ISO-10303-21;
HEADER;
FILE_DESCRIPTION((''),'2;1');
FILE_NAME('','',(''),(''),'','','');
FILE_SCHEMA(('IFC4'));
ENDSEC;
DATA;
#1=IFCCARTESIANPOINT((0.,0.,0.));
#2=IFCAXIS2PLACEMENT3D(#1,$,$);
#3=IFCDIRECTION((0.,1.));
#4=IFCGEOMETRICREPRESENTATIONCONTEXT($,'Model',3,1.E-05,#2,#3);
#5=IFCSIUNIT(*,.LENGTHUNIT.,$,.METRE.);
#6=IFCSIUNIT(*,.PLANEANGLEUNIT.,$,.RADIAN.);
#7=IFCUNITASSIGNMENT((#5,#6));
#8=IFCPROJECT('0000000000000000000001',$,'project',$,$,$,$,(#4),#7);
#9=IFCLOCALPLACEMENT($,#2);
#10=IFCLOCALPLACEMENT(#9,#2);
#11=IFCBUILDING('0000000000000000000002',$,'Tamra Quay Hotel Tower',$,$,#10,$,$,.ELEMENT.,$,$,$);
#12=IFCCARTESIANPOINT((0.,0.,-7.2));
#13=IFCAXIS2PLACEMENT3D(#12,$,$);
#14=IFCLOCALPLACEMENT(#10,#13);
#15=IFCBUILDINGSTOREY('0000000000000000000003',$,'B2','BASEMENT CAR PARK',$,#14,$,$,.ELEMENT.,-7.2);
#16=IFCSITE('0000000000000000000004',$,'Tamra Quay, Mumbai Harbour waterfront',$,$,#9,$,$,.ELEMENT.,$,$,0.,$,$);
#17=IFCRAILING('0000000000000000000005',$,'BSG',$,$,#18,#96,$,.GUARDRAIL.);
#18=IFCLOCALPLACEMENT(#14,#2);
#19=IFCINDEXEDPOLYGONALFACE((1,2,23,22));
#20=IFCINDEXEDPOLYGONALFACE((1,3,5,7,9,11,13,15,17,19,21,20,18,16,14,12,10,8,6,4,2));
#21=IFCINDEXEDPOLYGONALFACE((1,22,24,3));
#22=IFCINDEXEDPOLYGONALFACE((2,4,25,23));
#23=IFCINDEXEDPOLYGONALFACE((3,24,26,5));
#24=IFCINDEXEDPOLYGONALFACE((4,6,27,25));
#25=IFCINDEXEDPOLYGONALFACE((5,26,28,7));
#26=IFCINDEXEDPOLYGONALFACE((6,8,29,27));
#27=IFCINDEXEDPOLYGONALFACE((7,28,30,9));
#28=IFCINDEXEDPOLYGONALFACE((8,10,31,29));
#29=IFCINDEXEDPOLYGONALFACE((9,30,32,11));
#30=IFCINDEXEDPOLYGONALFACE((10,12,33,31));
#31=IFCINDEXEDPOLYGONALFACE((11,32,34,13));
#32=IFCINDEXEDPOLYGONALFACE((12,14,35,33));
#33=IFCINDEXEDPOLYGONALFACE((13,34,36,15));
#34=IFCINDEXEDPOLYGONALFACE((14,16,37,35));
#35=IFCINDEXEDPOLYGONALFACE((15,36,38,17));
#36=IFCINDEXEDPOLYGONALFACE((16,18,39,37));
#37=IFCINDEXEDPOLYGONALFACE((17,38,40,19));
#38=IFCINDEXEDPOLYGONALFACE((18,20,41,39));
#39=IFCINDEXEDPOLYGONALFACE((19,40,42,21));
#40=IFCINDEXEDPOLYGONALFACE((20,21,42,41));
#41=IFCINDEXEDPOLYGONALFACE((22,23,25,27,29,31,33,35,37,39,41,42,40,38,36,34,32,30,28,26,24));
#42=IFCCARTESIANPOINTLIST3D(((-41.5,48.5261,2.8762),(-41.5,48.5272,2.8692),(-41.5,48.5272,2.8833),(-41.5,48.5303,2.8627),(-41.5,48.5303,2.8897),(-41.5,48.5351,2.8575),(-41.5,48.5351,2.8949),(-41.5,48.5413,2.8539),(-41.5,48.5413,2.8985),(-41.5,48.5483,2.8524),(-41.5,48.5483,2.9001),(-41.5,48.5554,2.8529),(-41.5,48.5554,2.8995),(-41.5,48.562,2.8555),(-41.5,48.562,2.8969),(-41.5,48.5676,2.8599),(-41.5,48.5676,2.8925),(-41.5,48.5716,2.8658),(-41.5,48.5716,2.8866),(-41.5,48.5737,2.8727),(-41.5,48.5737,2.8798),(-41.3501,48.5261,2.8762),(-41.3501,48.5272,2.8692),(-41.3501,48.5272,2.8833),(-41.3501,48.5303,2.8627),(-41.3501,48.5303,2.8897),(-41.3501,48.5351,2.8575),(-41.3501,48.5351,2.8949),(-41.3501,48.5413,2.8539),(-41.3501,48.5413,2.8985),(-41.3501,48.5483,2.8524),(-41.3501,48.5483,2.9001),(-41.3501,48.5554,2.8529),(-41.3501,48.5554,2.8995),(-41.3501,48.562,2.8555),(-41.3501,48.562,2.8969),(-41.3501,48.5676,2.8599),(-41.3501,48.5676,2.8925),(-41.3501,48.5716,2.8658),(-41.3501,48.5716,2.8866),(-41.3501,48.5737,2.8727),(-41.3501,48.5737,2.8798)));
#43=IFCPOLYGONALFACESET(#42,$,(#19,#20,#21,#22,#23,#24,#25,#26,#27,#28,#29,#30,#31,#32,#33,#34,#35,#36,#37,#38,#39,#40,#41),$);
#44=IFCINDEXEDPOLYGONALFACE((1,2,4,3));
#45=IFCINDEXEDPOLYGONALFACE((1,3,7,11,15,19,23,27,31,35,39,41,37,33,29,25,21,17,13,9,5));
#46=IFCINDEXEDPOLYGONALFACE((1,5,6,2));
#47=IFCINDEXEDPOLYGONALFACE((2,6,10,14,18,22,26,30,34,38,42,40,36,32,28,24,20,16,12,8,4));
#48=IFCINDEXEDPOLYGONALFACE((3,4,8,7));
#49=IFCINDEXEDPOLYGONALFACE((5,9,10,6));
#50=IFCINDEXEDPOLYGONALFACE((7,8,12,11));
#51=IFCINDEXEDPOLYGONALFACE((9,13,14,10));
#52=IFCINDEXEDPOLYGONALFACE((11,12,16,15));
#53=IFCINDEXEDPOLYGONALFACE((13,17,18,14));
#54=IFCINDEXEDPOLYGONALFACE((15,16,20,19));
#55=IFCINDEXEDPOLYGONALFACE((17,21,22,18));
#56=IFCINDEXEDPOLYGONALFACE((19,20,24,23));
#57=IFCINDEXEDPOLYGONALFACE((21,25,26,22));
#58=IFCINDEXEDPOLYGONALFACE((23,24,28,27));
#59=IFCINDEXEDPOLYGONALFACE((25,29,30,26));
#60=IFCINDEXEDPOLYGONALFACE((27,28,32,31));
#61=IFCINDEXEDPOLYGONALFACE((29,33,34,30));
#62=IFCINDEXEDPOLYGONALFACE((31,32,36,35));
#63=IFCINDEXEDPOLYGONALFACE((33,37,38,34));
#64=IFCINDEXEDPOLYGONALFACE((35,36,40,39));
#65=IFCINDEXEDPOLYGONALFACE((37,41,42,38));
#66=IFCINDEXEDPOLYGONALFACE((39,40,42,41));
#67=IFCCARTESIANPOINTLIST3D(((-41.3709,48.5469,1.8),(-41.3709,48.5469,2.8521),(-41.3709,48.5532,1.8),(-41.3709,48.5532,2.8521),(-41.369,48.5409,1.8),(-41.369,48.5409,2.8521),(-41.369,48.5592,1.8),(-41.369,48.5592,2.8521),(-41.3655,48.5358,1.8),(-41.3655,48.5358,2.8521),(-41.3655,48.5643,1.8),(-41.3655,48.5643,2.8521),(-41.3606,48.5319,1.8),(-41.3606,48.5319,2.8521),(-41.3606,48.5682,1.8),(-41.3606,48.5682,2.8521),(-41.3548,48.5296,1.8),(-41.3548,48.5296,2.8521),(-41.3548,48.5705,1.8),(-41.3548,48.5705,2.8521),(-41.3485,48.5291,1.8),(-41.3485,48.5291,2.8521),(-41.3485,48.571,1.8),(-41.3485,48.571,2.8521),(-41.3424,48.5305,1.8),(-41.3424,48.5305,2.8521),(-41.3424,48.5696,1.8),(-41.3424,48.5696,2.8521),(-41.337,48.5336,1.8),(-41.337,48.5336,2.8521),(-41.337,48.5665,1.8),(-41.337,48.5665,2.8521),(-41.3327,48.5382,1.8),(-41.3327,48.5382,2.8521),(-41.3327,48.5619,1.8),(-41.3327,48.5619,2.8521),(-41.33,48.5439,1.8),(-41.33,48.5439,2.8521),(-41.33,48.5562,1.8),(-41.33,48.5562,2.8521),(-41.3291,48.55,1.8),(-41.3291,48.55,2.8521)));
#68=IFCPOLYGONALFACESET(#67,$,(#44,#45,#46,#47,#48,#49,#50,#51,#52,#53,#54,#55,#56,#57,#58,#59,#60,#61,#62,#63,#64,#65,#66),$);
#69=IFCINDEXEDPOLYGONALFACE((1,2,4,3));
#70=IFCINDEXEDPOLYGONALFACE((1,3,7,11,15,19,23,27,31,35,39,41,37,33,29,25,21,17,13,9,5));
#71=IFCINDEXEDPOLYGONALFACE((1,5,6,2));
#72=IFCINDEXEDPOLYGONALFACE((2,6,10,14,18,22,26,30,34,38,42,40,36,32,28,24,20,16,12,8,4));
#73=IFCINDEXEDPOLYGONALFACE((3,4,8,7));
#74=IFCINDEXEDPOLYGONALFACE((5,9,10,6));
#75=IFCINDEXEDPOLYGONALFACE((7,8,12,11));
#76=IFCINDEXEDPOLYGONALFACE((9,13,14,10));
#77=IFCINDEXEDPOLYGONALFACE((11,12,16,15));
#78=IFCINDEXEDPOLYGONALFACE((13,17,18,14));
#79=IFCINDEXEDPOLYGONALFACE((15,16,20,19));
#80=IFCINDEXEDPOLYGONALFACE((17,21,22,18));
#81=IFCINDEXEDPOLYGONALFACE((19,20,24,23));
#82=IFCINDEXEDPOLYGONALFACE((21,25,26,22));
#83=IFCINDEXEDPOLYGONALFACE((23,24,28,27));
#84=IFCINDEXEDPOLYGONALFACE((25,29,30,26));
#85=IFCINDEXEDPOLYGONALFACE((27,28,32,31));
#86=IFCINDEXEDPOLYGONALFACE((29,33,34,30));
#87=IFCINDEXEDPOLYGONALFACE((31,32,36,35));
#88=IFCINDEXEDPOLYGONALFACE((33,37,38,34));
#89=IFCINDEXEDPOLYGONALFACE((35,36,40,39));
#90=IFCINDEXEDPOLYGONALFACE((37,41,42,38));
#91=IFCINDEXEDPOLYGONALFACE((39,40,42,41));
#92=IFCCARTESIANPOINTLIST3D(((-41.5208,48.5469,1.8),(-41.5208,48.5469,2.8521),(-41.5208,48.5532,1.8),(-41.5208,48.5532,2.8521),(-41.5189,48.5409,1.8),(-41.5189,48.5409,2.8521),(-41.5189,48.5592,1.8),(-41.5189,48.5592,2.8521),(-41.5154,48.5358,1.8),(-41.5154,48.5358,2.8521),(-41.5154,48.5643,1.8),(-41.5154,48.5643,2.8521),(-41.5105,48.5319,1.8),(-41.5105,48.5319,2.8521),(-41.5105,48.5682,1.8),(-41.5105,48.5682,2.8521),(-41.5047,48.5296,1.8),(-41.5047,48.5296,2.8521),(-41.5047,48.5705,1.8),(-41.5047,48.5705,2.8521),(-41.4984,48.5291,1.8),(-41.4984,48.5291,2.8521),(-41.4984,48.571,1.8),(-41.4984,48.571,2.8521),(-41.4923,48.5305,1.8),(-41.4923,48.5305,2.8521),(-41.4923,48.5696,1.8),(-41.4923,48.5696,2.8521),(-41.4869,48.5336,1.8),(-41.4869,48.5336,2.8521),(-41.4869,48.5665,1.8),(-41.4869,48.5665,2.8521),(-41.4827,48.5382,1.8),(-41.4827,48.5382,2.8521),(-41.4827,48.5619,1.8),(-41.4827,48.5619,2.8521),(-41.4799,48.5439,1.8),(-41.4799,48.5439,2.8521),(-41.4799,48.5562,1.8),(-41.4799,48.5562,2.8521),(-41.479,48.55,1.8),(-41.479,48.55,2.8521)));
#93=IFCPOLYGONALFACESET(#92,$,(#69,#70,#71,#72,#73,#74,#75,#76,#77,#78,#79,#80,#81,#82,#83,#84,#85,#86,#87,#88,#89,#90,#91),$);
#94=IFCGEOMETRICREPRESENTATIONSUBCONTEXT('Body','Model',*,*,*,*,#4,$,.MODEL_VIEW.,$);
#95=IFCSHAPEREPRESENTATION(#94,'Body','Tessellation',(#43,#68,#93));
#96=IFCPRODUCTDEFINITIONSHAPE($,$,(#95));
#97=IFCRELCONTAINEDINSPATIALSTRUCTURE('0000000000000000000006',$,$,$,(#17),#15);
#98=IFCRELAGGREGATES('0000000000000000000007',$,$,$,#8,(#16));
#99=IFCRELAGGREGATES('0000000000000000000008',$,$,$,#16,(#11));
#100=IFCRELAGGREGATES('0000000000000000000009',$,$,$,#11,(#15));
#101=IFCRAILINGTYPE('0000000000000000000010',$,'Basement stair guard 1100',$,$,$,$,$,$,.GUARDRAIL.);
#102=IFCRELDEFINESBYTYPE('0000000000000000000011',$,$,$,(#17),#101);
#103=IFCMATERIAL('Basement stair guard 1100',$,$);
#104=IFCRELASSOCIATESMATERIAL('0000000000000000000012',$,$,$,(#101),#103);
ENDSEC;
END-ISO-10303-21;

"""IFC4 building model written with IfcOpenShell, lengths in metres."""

from ifc_helpers import new_model, si_unit, direction, frame, origin, origin_2d, place, context, subcontext, project, spatial, circle, extrude, material, type_object, element, save


model = new_model("IFC4")

# Units and contexts
model_context = context("Model", 3, precision=1e-05, world=origin(), true_north=direction((0.0, 1.0)))
body_context = subcontext(model_context, "Body", "Model", "MODEL_VIEW")
ifc_project = project(units=[si_unit("LENGTHUNIT", "METRE"), si_unit("PLANEANGLEUNIT", "RADIAN")], contexts=[model_context])

# Site, building, storey
site_placement = place(None, origin())
site = spatial("IfcSite", under=ifc_project, at=site_placement, Name="Tamra Quay, Mumbai Harbour waterfront", CompositionType="ELEMENT", RefElevation=0.0)
building_placement = place(site_placement, origin())
building = spatial("IfcBuilding", under=site, at=building_placement, Name="Tamra Quay Hotel Tower", CompositionType="ELEMENT")
storey_placement = place(building_placement, frame((0.0, 0.0, -7.2)))
storey = spatial("IfcBuildingStorey", under=building, at=storey_placement, Name="B2", Description="BASEMENT CAR PARK", CompositionType="ELEMENT", Elevation=-7.2)

# Railing
ifc_material_1 = material(Name="Basement stair guard 1100")
railing_type_1 = type_object("IfcRailingType", Name="Basement stair guard 1100", PredefinedType="GUARDRAIL", material=ifc_material_1)
railing_1_placement = place(storey_placement, frame((-41.3501, 48.55, 1.8)))
element("IfcRailing", 1, at=railing_1_placement, inside=storey, type_object=railing_type_1, Name="BSG", PredefinedType="GUARDRAIL", context=body_context, shape_type="SweptSolid", body=[
    extrude(circle(Radius=0.0239, at=origin_2d()), frame((0.0, 0.0, 1.0762), z_axis=(-1.0, 0.0, 0.0), x_axis=(0.0, -1.0, 0.0)), (0.0, 0.0, 1.0), 0.1499),
    extrude(circle(Radius=0.021, at=origin_2d()), origin(), (0.0, 0.0, 1.0), 1.052),
    extrude(circle(Radius=0.021, at=origin_2d()), frame((-0.1499, 0.0, 0.0)), (0.0, 0.0, 1.0), 1.052),
])

save(model, "model.ifc")
